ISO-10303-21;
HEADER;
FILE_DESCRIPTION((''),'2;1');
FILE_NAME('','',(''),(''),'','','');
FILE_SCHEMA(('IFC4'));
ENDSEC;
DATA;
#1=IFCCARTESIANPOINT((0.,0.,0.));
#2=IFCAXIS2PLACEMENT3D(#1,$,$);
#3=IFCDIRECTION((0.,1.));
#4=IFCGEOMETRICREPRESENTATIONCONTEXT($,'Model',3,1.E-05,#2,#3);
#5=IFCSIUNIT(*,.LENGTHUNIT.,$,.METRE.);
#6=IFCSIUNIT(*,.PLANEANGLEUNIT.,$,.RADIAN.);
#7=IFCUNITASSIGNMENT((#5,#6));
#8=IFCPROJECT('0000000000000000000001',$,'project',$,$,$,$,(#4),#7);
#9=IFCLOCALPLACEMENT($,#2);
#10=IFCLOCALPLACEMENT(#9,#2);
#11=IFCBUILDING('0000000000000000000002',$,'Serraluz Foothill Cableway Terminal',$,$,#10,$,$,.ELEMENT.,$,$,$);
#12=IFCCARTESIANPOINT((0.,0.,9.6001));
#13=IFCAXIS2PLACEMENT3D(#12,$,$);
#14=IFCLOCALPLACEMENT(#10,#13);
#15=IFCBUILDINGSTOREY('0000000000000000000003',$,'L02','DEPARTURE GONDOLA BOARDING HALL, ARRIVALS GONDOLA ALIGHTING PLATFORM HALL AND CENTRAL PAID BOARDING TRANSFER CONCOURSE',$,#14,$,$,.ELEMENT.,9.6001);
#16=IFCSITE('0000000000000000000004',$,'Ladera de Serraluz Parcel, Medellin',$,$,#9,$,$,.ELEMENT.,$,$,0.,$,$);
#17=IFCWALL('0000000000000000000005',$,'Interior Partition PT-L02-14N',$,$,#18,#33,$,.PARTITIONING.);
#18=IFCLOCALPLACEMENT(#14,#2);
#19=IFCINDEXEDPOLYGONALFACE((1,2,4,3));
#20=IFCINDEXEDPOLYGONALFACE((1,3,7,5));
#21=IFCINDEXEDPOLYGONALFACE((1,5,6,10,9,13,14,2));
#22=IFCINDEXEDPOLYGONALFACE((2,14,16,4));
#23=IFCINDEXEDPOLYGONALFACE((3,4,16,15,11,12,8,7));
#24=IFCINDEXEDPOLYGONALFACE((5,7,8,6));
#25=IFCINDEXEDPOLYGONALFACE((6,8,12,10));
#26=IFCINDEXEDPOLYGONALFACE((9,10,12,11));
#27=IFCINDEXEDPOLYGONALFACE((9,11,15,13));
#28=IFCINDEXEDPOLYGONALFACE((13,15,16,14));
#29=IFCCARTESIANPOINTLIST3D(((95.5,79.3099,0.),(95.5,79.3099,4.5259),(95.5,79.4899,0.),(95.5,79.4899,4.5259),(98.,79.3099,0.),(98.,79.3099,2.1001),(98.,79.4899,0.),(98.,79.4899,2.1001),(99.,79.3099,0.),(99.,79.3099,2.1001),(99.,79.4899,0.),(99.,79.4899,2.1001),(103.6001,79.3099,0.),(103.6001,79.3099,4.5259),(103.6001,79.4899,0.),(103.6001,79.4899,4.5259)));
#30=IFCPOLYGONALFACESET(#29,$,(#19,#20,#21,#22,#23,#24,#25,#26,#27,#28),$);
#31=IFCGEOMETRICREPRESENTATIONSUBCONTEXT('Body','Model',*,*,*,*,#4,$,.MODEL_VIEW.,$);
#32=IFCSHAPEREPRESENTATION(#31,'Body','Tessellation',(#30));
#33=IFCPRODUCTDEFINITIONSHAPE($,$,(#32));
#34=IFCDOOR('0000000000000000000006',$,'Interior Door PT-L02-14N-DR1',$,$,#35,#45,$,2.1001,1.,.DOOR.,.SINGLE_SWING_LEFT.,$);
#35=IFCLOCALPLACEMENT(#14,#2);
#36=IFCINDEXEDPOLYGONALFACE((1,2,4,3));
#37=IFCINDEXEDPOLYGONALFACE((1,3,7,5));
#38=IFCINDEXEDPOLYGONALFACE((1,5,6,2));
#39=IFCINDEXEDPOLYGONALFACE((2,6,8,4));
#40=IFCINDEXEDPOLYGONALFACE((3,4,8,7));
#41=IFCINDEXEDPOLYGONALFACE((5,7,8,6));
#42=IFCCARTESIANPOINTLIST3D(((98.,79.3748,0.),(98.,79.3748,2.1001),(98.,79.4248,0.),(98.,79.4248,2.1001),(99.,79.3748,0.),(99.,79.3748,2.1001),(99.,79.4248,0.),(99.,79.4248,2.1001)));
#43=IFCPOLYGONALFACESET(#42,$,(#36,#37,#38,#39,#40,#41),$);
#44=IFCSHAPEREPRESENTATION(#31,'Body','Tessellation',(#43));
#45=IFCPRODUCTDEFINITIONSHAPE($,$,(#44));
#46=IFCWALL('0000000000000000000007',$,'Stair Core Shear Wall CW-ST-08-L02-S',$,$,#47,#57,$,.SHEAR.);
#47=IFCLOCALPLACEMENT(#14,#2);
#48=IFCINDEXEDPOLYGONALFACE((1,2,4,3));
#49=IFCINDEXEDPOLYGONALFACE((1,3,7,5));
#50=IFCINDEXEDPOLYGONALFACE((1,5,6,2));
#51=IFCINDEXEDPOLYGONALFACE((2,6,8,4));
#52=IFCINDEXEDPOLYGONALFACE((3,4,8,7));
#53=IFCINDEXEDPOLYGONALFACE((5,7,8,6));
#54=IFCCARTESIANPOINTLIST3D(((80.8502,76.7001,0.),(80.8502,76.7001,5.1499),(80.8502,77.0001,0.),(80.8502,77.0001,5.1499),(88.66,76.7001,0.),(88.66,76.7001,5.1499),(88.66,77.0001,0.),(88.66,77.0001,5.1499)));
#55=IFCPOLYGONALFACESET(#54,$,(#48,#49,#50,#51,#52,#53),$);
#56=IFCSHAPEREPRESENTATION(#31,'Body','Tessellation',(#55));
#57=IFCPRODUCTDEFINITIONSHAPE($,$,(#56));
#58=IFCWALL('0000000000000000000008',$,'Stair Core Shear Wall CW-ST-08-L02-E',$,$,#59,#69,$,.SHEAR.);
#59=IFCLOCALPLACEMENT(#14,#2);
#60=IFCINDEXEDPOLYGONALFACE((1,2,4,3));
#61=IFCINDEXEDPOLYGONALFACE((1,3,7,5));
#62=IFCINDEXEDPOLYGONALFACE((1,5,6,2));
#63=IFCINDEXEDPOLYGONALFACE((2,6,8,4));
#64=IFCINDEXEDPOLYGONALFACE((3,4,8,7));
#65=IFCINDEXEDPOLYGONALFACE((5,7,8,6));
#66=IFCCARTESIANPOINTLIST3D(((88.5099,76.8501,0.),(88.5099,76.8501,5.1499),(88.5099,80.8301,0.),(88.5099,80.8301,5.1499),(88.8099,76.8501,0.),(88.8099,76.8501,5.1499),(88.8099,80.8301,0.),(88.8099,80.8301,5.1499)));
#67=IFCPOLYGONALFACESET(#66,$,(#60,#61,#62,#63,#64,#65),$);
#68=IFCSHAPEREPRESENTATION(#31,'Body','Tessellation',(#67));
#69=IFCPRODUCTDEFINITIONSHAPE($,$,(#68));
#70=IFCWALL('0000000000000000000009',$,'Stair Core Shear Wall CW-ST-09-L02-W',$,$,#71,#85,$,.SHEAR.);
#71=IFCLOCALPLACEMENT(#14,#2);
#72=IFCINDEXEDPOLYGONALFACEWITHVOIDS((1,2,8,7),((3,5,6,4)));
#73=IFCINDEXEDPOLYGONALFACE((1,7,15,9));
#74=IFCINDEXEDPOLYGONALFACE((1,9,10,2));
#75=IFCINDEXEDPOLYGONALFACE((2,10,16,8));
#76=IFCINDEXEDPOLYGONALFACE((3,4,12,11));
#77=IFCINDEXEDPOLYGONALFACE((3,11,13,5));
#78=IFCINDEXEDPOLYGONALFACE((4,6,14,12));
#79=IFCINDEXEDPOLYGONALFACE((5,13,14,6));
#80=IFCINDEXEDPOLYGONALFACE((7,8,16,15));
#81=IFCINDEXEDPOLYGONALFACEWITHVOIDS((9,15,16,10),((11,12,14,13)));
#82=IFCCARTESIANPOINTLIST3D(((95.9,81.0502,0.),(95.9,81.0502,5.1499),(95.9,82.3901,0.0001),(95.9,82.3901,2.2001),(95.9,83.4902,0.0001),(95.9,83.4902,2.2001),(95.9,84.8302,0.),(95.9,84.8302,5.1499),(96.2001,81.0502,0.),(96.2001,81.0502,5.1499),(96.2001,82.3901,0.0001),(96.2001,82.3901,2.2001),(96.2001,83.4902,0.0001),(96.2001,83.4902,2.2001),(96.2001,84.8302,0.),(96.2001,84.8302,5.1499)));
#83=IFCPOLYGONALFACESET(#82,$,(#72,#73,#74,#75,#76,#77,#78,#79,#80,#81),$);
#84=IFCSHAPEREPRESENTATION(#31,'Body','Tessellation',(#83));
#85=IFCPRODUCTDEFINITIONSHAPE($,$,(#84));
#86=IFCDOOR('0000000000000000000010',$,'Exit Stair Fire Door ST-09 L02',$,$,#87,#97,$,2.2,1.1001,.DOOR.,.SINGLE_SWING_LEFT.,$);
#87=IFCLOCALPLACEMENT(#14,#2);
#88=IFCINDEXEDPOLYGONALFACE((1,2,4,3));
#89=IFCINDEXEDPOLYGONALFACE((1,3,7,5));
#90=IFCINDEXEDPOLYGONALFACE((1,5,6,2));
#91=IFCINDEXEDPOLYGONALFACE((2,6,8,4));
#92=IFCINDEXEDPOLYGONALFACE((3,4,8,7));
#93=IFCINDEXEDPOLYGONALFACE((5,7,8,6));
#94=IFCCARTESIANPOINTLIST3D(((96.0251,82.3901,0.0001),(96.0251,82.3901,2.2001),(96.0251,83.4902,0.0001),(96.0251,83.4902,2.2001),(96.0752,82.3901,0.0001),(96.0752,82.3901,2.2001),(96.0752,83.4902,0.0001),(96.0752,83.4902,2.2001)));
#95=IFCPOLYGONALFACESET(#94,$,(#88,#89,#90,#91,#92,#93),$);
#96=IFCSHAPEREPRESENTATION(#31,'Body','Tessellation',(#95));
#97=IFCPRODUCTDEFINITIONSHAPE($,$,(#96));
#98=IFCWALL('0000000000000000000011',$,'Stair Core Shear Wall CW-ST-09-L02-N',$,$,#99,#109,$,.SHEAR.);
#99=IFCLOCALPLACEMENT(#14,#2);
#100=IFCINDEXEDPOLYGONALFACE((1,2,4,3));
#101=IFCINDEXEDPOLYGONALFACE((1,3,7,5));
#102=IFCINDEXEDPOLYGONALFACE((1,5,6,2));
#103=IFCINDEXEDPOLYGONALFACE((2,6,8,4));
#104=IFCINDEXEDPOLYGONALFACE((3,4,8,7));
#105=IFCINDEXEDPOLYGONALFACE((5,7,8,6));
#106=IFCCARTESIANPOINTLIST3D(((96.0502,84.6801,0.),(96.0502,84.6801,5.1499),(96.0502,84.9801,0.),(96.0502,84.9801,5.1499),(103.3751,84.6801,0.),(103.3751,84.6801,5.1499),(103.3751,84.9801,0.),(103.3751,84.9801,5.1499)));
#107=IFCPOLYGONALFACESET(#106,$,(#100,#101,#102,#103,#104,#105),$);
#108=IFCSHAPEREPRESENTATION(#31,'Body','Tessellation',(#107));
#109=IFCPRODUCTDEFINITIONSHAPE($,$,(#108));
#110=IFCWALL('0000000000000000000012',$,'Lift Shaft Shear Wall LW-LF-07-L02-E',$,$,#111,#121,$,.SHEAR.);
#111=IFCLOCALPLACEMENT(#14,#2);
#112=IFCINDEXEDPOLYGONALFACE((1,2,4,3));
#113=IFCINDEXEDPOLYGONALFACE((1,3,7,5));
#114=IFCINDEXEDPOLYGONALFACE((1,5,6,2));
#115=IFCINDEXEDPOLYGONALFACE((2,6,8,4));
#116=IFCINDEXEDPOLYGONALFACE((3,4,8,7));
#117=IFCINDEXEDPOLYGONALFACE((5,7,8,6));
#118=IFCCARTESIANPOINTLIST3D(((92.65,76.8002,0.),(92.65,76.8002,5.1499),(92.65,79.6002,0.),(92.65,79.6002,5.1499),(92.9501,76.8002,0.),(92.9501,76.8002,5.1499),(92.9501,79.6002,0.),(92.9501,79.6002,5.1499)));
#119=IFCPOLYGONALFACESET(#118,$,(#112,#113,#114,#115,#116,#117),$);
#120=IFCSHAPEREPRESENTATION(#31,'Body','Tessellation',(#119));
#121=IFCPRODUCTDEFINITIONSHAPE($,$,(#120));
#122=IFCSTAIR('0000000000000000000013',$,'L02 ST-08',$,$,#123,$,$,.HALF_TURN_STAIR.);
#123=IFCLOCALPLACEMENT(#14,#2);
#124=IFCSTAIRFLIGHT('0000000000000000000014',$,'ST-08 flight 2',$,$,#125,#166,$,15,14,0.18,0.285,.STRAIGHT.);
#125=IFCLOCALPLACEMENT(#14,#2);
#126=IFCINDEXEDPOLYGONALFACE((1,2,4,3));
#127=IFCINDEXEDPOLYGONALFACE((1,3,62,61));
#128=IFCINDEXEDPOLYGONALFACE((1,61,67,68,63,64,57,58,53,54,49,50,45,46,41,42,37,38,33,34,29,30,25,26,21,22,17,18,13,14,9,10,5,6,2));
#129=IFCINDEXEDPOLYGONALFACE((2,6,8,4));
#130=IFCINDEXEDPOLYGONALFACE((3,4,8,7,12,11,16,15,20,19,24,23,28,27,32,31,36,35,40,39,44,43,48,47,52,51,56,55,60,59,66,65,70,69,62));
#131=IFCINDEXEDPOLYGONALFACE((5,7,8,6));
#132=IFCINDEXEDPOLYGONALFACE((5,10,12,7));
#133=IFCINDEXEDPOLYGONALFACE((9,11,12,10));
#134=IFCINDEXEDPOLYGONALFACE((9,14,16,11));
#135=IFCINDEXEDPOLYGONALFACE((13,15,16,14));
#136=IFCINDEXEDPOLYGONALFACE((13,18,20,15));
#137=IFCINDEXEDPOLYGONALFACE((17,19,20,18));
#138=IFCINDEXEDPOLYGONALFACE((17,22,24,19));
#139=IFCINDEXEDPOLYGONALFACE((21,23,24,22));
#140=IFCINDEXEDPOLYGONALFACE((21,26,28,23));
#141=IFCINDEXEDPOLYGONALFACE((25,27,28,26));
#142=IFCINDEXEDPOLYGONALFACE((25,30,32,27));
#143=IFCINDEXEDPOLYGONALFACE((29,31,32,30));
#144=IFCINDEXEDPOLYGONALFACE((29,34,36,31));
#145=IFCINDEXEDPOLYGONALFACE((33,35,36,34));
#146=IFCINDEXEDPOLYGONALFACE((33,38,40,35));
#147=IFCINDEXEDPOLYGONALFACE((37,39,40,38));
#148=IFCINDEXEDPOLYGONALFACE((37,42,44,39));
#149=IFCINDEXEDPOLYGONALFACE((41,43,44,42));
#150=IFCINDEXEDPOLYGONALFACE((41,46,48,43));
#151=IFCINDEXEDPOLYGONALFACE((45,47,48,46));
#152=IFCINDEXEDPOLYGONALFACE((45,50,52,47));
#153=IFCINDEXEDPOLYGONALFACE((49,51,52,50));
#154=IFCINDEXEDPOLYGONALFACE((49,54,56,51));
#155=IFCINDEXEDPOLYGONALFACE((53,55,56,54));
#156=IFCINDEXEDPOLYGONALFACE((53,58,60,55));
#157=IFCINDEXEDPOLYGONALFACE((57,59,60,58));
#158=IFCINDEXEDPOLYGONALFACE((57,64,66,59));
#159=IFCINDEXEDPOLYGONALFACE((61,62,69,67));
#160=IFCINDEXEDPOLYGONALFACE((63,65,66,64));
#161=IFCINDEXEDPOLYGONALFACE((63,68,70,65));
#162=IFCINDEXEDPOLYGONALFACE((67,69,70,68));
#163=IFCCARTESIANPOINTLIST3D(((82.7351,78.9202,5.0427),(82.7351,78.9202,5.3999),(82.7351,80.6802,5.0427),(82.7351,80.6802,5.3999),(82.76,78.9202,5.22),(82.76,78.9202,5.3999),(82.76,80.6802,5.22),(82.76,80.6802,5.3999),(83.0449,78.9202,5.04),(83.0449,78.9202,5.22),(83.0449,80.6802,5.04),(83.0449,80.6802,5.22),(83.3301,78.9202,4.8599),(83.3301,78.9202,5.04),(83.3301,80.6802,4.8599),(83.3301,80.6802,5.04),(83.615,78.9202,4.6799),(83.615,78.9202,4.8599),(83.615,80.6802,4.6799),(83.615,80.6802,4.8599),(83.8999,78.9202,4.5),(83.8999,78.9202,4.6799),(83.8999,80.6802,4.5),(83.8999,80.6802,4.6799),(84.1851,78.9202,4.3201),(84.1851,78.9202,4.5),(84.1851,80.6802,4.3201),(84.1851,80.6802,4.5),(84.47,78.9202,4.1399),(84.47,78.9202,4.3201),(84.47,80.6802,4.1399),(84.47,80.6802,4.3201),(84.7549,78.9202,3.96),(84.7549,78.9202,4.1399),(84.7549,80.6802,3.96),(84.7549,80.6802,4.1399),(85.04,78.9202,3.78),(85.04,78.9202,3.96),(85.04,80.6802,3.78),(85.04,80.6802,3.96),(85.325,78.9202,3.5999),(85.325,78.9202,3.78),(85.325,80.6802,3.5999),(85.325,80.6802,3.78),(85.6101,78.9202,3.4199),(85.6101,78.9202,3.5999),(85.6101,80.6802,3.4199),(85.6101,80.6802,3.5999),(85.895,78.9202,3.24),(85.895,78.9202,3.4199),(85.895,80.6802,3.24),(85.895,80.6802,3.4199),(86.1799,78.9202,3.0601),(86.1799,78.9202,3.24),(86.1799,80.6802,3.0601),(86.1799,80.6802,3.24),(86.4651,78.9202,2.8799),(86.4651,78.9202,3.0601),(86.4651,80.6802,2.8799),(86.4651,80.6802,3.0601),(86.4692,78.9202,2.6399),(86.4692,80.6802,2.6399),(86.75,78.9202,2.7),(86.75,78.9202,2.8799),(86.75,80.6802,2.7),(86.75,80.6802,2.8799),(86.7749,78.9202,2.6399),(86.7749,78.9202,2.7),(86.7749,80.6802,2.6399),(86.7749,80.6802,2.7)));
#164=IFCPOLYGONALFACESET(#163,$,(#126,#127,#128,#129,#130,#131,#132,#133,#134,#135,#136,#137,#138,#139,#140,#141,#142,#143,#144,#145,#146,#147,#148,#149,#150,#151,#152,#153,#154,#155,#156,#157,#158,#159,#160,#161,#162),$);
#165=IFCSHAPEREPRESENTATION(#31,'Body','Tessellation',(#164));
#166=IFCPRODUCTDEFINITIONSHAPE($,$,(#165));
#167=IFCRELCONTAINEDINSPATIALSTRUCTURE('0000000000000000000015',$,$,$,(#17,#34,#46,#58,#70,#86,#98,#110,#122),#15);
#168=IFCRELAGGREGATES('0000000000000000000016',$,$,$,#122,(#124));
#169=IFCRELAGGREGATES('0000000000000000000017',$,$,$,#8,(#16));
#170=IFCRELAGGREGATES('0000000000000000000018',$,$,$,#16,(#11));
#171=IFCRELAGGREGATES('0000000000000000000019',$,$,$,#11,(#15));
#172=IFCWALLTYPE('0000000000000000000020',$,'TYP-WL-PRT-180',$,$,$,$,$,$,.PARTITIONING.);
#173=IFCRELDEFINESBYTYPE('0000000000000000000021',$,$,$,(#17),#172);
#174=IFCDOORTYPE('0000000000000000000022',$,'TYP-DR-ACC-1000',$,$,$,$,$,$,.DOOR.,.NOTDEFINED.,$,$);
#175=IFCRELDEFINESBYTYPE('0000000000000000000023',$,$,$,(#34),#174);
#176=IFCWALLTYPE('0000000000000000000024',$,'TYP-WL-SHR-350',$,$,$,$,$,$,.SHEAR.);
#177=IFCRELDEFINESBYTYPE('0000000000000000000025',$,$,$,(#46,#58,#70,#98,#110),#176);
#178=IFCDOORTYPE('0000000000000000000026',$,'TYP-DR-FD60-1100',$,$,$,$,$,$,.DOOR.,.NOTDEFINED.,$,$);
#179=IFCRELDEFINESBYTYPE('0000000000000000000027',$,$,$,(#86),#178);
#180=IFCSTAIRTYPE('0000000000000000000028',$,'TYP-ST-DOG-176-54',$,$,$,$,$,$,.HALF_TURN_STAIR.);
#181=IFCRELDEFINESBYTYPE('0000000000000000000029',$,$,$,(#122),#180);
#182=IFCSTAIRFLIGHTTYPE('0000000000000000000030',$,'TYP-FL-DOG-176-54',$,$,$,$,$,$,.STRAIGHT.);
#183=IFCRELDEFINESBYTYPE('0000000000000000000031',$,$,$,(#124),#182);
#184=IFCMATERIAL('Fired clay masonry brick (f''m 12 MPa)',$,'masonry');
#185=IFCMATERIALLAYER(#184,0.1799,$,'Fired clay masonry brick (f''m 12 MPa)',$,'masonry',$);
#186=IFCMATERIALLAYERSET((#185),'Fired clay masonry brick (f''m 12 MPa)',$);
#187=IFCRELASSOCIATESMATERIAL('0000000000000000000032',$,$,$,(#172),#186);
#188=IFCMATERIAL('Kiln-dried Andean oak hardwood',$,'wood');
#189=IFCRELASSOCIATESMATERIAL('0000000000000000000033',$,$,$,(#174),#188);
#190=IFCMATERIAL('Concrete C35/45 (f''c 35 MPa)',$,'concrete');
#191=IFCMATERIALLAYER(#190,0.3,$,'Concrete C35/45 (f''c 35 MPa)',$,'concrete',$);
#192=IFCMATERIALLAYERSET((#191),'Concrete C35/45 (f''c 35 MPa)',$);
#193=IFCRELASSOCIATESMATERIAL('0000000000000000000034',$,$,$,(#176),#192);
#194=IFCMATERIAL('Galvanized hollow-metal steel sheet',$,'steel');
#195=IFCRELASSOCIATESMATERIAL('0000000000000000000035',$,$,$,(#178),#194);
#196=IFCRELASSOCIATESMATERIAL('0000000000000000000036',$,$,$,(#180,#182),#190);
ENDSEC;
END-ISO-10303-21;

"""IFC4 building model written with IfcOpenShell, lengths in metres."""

from ifc_helpers import new_model, si_unit, direction, frame, frame_2d, origin, place, context, subcontext, project, spatial, polyline, rectangle, outline, extrude, material, layer, layer_set, type_object, element, fill, aggregate, save


model = new_model("IFC4")

# Units and contexts
model_context = context("Model", 3, precision=1e-05, world=origin(), true_north=direction((0.0, 1.0)))
body_context = subcontext(model_context, "Body", "Model", "MODEL_VIEW")
ifc_project = project(units=[si_unit("LENGTHUNIT", "METRE"), si_unit("PLANEANGLEUNIT", "RADIAN")], contexts=[model_context])

# Site, building, storey
site_placement = place(None, origin())
site = spatial("IfcSite", under=ifc_project, at=site_placement, Name="Ladera de Serraluz Parcel, Medellin", CompositionType="ELEMENT", RefElevation=0.0)
building_placement = place(site_placement, origin())
building = spatial("IfcBuilding", under=site, at=building_placement, Name="Serraluz Foothill Cableway Terminal", CompositionType="ELEMENT")
storey_placement = place(building_placement, frame((0.0, 0.0, 9.6001)))
storey = spatial("IfcBuildingStorey", under=building, at=storey_placement, Name="L02", Description="DEPARTURE GONDOLA BOARDING HALL, ARRIVALS GONDOLA ALIGHTING PLATFORM HALL AND CENTRAL PAID BOARDING TRANSFER CONCOURSE", CompositionType="ELEMENT", Elevation=9.6001)

# Shared definitions
ifc_material_1 = material(Name="Fired clay masonry brick (f'm 12 MPa)", Category="masonry")

# Wall, opening, door
ifc_layer_1 = layer(ifc_material_1, 0.1799, Name="Fired clay masonry brick (f'm 12 MPa)", Category="masonry")
ifc_layer_set_1 = layer_set([ifc_layer_1], Name="Fired clay masonry brick (f'm 12 MPa)")
wall_type_1 = type_object("IfcWallType", Name="TYP-WL-PRT-180", PredefinedType="PARTITIONING", material=ifc_layer_set_1)
ifc_material_2 = material(Name="Galvanized hollow-metal steel sheet", Category="steel")
wall_1_placement = place(storey_placement, frame((95.5, 79.3999, 0.0), z_axis=(0.0, 0.0, 1.0), x_axis=(1.0, 0.0, 0.0)))
wall_1 = element("IfcWall", 1, at=wall_1_placement, inside=storey, type_object=wall_type_1, Name="Interior Partition PT-L02-14N", PredefinedType="PARTITIONING", context=body_context, shape_type="SweptSolid", body=[
    extrude(rectangle(XDim=8.1001, YDim=0.1799, at=frame_2d((4.05, 0.0))), origin(), (0.0, 0.0, 1.0), 4.5259),
])
opening_1_placement = place(wall_1_placement, frame((2.5, 0.0, 0.0)))
opening_1 = element("IfcOpeningElement", 2, at=opening_1_placement, cuts=wall_1, PredefinedType="OPENING", context=body_context, shape_type="SweptSolid", body=[
    extrude(rectangle(XDim=1.0, YDim=2.1001, at=frame_2d((0.5, 1.05))), frame((0.0, 0.1001, 0.0), z_axis=(0.0, -1.0, 0.0), x_axis=(1.0, 0.0, 0.0)), (0.0, 0.0, 1.0), 0.2),
])
ifc_material_3 = material(Name="Kiln-dried Andean oak hardwood", Category="wood")
door_type_1 = type_object("IfcDoorType", Name="TYP-DR-ACC-1000", OperationType="NOTDEFINED", PredefinedType="DOOR", material=ifc_material_3)
door_1_placement = place(opening_1_placement, origin())
door_1 = element("IfcDoor", 3, at=door_1_placement, inside=storey, type_object=door_type_1, Name="Interior Door PT-L02-14N-DR1", OperationType="SINGLE_SWING_LEFT", OverallHeight=2.1001, OverallWidth=1.0, PredefinedType="DOOR", context=body_context, shape_type="SweptSolid", body=[
    extrude(rectangle(XDim=1.0, YDim=2.1001, at=frame_2d((0.5, 1.05))), frame((0.0, 0.0249, 0.0), z_axis=(0.0, -1.0, 0.0), x_axis=(1.0, 0.0, 0.0)), (0.0, 0.0, 1.0), 0.05),
])
fill(opening_1, door_1)

# Walls
ifc_material_4 = material(Name="Concrete C35/45 (f'c 35 MPa)", Category="concrete")
ifc_layer_2 = layer(ifc_material_4, 0.3, Name="Concrete C35/45 (f'c 35 MPa)", Category="concrete")
ifc_layer_set_2 = layer_set([ifc_layer_2], Name="Concrete C35/45 (f'c 35 MPa)")
wall_type_2 = type_object("IfcWallType", Name="TYP-WL-SHR-350", PredefinedType="SHEAR", material=ifc_layer_set_2)
wall_2_placement = place(storey_placement, frame((88.6599, 76.8501, 0.0), z_axis=(0.0, 0.0, 1.0), x_axis=(-1.0, 0.0, 0.0)))
element("IfcWall", 4, at=wall_2_placement, inside=storey, type_object=wall_type_2, Name="Stair Core Shear Wall CW-ST-08-L02-S", PredefinedType="SHEAR", context=body_context, shape_type="SweptSolid", body=[
    extrude(rectangle(XDim=7.8098, YDim=0.3, at=frame_2d((3.9048, 0.0))), origin(), (0.0, 0.0, 1.0), 5.1499),
])
wall_3_placement = place(storey_placement, frame((88.6599, 80.8301, 0.0), z_axis=(0.0, 0.0, 1.0), x_axis=(0.0, -1.0, 0.0)))
element("IfcWall", 5, at=wall_3_placement, inside=storey, type_object=wall_type_2, Name="Stair Core Shear Wall CW-ST-08-L02-E", PredefinedType="SHEAR", context=body_context, shape_type="SweptSolid", body=[
    extrude(rectangle(XDim=3.98, YDim=0.3, at=frame_2d((1.99, 0.0))), origin(), (0.0, 0.0, 1.0), 5.1499),
])

# Wall, opening, door
wall_4_placement = place(storey_placement, frame((96.05, 81.05, 0.0), z_axis=(0.0, 0.0, 1.0), x_axis=(0.0, 1.0, 0.0)))
wall_4 = element("IfcWall", 6, at=wall_4_placement, inside=storey, type_object=wall_type_2, Name="Stair Core Shear Wall CW-ST-09-L02-W", PredefinedType="SHEAR", context=body_context, shape_type="SweptSolid", body=[
    extrude(rectangle(XDim=3.78, YDim=0.3, at=frame_2d((1.8901, 0.0))), origin(), (0.0, 0.0, 1.0), 5.1499),
])
opening_2_placement = place(wall_4_placement, frame((1.3401, 0.0, 0.0)))
opening_2 = element("IfcOpeningElement", 7, at=opening_2_placement, cuts=wall_4, PredefinedType="OPENING", context=body_context, shape_type="SweptSolid", body=[
    extrude(rectangle(XDim=1.1001, YDim=2.2, at=frame_2d((0.55, 1.1001))), frame((0.0, 0.1602, 0.0), z_axis=(0.0, -1.0, 0.0), x_axis=(1.0, 0.0, 0.0)), (0.0, 0.0, 1.0), 0.3201),
])
door_type_2 = type_object("IfcDoorType", Name="TYP-DR-FD60-1100", OperationType="NOTDEFINED", PredefinedType="DOOR", material=ifc_material_2)
door_2_placement = place(opening_2_placement, origin())
door_2 = element("IfcDoor", 8, at=door_2_placement, inside=storey, type_object=door_type_2, Name="Exit Stair Fire Door ST-09 L02", OperationType="SINGLE_SWING_LEFT", OverallHeight=2.2, OverallWidth=1.1001, PredefinedType="DOOR", context=body_context, shape_type="SweptSolid", body=[
    extrude(rectangle(XDim=1.1001, YDim=2.2, at=frame_2d((0.55, 1.1001))), frame((0.0, 0.0249, 0.0), z_axis=(0.0, -1.0, 0.0), x_axis=(1.0, 0.0, 0.0)), (0.0, 0.0, 1.0), 0.05),
])
fill(opening_2, door_2)

# Wall
wall_5_placement = place(storey_placement, frame((96.05, 84.8301, 0.0), z_axis=(0.0, 0.0, 1.0), x_axis=(1.0, 0.0, 0.0)))
element("IfcWall", 9, at=wall_5_placement, inside=storey, type_object=wall_type_2, Name="Stair Core Shear Wall CW-ST-09-L02-N", PredefinedType="SHEAR", context=body_context, shape_type="SweptSolid", body=[
    extrude(rectangle(XDim=7.325, YDim=0.3, at=frame_2d((3.6626, 0.0))), origin(), (0.0, 0.0, 1.0), 5.1499),
])

# Wall
wall_6_placement = place(storey_placement, frame((92.8, 79.6001, 0.0), z_axis=(0.0, 0.0, 1.0), x_axis=(0.0, -1.0, 0.0)))
element("IfcWall", 10, at=wall_6_placement, inside=storey, type_object=wall_type_2, Name="Lift Shaft Shear Wall LW-LF-07-L02-E", PredefinedType="SHEAR", context=body_context, shape_type="SweptSolid", body=[
    extrude(rectangle(XDim=2.8, YDim=0.3, at=frame_2d((1.3999, 0.0))), origin(), (0.0, 0.0, 1.0), 5.1499),
])

# Stair, stair flight
stair_type = type_object("IfcStairType", Name="TYP-ST-DOG-176-54", PredefinedType="HALF_TURN_STAIR", material=ifc_material_4)
stair_placement = place(storey_placement, origin())
stair = element("IfcStair", 11, at=stair_placement, inside=storey, type_object=stair_type, Name="L02 ST-08", PredefinedType="HALF_TURN_STAIR")
stair_flight_type = type_object("IfcStairFlightType", Name="TYP-FL-DOG-176-54", PredefinedType="STRAIGHT", material=ifc_material_4)
stair_flight_placement = place(storey_placement, frame((86.75, 79.8, 2.7), z_axis=(0.0, 0.0, 1.0), x_axis=(-1.0, 0.0, 0.0)))
stair_flight = element("IfcStairFlight", 12, at=stair_flight_placement, type_object=stair_flight_type, Name="ST-08 flight 2", NumberOfRisers=15, NumberOfTreads=14, PredefinedType="STRAIGHT", RiserHeight=0.18, TreadLength=0.285, context=body_context, shape_type="SweptSolid", body=[
    extrude(outline(polyline([(-0.0249, -0.0601), (-0.0249, 0.0), (0.0, 0.0), (0.0, 0.1799), (0.2849, 0.1799), (0.2849, 0.3601), (0.5701, 0.3601), (0.5701, 0.54), (0.855, 0.54), (0.855, 0.72), (1.1399, 0.72), (1.1399, 0.8999), (1.425, 0.8999), (1.425, 1.0801), (1.71, 1.0801), (1.71, 1.26), (1.9951, 1.26), (1.9951, 1.4399), (2.28, 1.4399), (2.28, 1.6201), (2.5649, 1.6201), (2.5649, 1.8), (2.8501, 1.8), (2.8501, 1.98), (3.135, 1.98), (3.135, 2.1599), (3.4199, 2.1599), (3.4199, 2.3401), (3.7051, 2.3401), (3.7051, 2.52), (3.99, 2.52), (3.99, 2.7), (4.0149, 2.7), (4.0149, 2.3428), (0.2808, -0.0601), (-0.0249, -0.0601)])), frame((0.0, 0.8799, 0.0), z_axis=(0.0, -1.0, 0.0), x_axis=(1.0, 0.0, 0.0)), (0.0, 0.0, 1.0), 1.76),
])
aggregate(stair, [stair_flight])

save(model, "model.ifc")
